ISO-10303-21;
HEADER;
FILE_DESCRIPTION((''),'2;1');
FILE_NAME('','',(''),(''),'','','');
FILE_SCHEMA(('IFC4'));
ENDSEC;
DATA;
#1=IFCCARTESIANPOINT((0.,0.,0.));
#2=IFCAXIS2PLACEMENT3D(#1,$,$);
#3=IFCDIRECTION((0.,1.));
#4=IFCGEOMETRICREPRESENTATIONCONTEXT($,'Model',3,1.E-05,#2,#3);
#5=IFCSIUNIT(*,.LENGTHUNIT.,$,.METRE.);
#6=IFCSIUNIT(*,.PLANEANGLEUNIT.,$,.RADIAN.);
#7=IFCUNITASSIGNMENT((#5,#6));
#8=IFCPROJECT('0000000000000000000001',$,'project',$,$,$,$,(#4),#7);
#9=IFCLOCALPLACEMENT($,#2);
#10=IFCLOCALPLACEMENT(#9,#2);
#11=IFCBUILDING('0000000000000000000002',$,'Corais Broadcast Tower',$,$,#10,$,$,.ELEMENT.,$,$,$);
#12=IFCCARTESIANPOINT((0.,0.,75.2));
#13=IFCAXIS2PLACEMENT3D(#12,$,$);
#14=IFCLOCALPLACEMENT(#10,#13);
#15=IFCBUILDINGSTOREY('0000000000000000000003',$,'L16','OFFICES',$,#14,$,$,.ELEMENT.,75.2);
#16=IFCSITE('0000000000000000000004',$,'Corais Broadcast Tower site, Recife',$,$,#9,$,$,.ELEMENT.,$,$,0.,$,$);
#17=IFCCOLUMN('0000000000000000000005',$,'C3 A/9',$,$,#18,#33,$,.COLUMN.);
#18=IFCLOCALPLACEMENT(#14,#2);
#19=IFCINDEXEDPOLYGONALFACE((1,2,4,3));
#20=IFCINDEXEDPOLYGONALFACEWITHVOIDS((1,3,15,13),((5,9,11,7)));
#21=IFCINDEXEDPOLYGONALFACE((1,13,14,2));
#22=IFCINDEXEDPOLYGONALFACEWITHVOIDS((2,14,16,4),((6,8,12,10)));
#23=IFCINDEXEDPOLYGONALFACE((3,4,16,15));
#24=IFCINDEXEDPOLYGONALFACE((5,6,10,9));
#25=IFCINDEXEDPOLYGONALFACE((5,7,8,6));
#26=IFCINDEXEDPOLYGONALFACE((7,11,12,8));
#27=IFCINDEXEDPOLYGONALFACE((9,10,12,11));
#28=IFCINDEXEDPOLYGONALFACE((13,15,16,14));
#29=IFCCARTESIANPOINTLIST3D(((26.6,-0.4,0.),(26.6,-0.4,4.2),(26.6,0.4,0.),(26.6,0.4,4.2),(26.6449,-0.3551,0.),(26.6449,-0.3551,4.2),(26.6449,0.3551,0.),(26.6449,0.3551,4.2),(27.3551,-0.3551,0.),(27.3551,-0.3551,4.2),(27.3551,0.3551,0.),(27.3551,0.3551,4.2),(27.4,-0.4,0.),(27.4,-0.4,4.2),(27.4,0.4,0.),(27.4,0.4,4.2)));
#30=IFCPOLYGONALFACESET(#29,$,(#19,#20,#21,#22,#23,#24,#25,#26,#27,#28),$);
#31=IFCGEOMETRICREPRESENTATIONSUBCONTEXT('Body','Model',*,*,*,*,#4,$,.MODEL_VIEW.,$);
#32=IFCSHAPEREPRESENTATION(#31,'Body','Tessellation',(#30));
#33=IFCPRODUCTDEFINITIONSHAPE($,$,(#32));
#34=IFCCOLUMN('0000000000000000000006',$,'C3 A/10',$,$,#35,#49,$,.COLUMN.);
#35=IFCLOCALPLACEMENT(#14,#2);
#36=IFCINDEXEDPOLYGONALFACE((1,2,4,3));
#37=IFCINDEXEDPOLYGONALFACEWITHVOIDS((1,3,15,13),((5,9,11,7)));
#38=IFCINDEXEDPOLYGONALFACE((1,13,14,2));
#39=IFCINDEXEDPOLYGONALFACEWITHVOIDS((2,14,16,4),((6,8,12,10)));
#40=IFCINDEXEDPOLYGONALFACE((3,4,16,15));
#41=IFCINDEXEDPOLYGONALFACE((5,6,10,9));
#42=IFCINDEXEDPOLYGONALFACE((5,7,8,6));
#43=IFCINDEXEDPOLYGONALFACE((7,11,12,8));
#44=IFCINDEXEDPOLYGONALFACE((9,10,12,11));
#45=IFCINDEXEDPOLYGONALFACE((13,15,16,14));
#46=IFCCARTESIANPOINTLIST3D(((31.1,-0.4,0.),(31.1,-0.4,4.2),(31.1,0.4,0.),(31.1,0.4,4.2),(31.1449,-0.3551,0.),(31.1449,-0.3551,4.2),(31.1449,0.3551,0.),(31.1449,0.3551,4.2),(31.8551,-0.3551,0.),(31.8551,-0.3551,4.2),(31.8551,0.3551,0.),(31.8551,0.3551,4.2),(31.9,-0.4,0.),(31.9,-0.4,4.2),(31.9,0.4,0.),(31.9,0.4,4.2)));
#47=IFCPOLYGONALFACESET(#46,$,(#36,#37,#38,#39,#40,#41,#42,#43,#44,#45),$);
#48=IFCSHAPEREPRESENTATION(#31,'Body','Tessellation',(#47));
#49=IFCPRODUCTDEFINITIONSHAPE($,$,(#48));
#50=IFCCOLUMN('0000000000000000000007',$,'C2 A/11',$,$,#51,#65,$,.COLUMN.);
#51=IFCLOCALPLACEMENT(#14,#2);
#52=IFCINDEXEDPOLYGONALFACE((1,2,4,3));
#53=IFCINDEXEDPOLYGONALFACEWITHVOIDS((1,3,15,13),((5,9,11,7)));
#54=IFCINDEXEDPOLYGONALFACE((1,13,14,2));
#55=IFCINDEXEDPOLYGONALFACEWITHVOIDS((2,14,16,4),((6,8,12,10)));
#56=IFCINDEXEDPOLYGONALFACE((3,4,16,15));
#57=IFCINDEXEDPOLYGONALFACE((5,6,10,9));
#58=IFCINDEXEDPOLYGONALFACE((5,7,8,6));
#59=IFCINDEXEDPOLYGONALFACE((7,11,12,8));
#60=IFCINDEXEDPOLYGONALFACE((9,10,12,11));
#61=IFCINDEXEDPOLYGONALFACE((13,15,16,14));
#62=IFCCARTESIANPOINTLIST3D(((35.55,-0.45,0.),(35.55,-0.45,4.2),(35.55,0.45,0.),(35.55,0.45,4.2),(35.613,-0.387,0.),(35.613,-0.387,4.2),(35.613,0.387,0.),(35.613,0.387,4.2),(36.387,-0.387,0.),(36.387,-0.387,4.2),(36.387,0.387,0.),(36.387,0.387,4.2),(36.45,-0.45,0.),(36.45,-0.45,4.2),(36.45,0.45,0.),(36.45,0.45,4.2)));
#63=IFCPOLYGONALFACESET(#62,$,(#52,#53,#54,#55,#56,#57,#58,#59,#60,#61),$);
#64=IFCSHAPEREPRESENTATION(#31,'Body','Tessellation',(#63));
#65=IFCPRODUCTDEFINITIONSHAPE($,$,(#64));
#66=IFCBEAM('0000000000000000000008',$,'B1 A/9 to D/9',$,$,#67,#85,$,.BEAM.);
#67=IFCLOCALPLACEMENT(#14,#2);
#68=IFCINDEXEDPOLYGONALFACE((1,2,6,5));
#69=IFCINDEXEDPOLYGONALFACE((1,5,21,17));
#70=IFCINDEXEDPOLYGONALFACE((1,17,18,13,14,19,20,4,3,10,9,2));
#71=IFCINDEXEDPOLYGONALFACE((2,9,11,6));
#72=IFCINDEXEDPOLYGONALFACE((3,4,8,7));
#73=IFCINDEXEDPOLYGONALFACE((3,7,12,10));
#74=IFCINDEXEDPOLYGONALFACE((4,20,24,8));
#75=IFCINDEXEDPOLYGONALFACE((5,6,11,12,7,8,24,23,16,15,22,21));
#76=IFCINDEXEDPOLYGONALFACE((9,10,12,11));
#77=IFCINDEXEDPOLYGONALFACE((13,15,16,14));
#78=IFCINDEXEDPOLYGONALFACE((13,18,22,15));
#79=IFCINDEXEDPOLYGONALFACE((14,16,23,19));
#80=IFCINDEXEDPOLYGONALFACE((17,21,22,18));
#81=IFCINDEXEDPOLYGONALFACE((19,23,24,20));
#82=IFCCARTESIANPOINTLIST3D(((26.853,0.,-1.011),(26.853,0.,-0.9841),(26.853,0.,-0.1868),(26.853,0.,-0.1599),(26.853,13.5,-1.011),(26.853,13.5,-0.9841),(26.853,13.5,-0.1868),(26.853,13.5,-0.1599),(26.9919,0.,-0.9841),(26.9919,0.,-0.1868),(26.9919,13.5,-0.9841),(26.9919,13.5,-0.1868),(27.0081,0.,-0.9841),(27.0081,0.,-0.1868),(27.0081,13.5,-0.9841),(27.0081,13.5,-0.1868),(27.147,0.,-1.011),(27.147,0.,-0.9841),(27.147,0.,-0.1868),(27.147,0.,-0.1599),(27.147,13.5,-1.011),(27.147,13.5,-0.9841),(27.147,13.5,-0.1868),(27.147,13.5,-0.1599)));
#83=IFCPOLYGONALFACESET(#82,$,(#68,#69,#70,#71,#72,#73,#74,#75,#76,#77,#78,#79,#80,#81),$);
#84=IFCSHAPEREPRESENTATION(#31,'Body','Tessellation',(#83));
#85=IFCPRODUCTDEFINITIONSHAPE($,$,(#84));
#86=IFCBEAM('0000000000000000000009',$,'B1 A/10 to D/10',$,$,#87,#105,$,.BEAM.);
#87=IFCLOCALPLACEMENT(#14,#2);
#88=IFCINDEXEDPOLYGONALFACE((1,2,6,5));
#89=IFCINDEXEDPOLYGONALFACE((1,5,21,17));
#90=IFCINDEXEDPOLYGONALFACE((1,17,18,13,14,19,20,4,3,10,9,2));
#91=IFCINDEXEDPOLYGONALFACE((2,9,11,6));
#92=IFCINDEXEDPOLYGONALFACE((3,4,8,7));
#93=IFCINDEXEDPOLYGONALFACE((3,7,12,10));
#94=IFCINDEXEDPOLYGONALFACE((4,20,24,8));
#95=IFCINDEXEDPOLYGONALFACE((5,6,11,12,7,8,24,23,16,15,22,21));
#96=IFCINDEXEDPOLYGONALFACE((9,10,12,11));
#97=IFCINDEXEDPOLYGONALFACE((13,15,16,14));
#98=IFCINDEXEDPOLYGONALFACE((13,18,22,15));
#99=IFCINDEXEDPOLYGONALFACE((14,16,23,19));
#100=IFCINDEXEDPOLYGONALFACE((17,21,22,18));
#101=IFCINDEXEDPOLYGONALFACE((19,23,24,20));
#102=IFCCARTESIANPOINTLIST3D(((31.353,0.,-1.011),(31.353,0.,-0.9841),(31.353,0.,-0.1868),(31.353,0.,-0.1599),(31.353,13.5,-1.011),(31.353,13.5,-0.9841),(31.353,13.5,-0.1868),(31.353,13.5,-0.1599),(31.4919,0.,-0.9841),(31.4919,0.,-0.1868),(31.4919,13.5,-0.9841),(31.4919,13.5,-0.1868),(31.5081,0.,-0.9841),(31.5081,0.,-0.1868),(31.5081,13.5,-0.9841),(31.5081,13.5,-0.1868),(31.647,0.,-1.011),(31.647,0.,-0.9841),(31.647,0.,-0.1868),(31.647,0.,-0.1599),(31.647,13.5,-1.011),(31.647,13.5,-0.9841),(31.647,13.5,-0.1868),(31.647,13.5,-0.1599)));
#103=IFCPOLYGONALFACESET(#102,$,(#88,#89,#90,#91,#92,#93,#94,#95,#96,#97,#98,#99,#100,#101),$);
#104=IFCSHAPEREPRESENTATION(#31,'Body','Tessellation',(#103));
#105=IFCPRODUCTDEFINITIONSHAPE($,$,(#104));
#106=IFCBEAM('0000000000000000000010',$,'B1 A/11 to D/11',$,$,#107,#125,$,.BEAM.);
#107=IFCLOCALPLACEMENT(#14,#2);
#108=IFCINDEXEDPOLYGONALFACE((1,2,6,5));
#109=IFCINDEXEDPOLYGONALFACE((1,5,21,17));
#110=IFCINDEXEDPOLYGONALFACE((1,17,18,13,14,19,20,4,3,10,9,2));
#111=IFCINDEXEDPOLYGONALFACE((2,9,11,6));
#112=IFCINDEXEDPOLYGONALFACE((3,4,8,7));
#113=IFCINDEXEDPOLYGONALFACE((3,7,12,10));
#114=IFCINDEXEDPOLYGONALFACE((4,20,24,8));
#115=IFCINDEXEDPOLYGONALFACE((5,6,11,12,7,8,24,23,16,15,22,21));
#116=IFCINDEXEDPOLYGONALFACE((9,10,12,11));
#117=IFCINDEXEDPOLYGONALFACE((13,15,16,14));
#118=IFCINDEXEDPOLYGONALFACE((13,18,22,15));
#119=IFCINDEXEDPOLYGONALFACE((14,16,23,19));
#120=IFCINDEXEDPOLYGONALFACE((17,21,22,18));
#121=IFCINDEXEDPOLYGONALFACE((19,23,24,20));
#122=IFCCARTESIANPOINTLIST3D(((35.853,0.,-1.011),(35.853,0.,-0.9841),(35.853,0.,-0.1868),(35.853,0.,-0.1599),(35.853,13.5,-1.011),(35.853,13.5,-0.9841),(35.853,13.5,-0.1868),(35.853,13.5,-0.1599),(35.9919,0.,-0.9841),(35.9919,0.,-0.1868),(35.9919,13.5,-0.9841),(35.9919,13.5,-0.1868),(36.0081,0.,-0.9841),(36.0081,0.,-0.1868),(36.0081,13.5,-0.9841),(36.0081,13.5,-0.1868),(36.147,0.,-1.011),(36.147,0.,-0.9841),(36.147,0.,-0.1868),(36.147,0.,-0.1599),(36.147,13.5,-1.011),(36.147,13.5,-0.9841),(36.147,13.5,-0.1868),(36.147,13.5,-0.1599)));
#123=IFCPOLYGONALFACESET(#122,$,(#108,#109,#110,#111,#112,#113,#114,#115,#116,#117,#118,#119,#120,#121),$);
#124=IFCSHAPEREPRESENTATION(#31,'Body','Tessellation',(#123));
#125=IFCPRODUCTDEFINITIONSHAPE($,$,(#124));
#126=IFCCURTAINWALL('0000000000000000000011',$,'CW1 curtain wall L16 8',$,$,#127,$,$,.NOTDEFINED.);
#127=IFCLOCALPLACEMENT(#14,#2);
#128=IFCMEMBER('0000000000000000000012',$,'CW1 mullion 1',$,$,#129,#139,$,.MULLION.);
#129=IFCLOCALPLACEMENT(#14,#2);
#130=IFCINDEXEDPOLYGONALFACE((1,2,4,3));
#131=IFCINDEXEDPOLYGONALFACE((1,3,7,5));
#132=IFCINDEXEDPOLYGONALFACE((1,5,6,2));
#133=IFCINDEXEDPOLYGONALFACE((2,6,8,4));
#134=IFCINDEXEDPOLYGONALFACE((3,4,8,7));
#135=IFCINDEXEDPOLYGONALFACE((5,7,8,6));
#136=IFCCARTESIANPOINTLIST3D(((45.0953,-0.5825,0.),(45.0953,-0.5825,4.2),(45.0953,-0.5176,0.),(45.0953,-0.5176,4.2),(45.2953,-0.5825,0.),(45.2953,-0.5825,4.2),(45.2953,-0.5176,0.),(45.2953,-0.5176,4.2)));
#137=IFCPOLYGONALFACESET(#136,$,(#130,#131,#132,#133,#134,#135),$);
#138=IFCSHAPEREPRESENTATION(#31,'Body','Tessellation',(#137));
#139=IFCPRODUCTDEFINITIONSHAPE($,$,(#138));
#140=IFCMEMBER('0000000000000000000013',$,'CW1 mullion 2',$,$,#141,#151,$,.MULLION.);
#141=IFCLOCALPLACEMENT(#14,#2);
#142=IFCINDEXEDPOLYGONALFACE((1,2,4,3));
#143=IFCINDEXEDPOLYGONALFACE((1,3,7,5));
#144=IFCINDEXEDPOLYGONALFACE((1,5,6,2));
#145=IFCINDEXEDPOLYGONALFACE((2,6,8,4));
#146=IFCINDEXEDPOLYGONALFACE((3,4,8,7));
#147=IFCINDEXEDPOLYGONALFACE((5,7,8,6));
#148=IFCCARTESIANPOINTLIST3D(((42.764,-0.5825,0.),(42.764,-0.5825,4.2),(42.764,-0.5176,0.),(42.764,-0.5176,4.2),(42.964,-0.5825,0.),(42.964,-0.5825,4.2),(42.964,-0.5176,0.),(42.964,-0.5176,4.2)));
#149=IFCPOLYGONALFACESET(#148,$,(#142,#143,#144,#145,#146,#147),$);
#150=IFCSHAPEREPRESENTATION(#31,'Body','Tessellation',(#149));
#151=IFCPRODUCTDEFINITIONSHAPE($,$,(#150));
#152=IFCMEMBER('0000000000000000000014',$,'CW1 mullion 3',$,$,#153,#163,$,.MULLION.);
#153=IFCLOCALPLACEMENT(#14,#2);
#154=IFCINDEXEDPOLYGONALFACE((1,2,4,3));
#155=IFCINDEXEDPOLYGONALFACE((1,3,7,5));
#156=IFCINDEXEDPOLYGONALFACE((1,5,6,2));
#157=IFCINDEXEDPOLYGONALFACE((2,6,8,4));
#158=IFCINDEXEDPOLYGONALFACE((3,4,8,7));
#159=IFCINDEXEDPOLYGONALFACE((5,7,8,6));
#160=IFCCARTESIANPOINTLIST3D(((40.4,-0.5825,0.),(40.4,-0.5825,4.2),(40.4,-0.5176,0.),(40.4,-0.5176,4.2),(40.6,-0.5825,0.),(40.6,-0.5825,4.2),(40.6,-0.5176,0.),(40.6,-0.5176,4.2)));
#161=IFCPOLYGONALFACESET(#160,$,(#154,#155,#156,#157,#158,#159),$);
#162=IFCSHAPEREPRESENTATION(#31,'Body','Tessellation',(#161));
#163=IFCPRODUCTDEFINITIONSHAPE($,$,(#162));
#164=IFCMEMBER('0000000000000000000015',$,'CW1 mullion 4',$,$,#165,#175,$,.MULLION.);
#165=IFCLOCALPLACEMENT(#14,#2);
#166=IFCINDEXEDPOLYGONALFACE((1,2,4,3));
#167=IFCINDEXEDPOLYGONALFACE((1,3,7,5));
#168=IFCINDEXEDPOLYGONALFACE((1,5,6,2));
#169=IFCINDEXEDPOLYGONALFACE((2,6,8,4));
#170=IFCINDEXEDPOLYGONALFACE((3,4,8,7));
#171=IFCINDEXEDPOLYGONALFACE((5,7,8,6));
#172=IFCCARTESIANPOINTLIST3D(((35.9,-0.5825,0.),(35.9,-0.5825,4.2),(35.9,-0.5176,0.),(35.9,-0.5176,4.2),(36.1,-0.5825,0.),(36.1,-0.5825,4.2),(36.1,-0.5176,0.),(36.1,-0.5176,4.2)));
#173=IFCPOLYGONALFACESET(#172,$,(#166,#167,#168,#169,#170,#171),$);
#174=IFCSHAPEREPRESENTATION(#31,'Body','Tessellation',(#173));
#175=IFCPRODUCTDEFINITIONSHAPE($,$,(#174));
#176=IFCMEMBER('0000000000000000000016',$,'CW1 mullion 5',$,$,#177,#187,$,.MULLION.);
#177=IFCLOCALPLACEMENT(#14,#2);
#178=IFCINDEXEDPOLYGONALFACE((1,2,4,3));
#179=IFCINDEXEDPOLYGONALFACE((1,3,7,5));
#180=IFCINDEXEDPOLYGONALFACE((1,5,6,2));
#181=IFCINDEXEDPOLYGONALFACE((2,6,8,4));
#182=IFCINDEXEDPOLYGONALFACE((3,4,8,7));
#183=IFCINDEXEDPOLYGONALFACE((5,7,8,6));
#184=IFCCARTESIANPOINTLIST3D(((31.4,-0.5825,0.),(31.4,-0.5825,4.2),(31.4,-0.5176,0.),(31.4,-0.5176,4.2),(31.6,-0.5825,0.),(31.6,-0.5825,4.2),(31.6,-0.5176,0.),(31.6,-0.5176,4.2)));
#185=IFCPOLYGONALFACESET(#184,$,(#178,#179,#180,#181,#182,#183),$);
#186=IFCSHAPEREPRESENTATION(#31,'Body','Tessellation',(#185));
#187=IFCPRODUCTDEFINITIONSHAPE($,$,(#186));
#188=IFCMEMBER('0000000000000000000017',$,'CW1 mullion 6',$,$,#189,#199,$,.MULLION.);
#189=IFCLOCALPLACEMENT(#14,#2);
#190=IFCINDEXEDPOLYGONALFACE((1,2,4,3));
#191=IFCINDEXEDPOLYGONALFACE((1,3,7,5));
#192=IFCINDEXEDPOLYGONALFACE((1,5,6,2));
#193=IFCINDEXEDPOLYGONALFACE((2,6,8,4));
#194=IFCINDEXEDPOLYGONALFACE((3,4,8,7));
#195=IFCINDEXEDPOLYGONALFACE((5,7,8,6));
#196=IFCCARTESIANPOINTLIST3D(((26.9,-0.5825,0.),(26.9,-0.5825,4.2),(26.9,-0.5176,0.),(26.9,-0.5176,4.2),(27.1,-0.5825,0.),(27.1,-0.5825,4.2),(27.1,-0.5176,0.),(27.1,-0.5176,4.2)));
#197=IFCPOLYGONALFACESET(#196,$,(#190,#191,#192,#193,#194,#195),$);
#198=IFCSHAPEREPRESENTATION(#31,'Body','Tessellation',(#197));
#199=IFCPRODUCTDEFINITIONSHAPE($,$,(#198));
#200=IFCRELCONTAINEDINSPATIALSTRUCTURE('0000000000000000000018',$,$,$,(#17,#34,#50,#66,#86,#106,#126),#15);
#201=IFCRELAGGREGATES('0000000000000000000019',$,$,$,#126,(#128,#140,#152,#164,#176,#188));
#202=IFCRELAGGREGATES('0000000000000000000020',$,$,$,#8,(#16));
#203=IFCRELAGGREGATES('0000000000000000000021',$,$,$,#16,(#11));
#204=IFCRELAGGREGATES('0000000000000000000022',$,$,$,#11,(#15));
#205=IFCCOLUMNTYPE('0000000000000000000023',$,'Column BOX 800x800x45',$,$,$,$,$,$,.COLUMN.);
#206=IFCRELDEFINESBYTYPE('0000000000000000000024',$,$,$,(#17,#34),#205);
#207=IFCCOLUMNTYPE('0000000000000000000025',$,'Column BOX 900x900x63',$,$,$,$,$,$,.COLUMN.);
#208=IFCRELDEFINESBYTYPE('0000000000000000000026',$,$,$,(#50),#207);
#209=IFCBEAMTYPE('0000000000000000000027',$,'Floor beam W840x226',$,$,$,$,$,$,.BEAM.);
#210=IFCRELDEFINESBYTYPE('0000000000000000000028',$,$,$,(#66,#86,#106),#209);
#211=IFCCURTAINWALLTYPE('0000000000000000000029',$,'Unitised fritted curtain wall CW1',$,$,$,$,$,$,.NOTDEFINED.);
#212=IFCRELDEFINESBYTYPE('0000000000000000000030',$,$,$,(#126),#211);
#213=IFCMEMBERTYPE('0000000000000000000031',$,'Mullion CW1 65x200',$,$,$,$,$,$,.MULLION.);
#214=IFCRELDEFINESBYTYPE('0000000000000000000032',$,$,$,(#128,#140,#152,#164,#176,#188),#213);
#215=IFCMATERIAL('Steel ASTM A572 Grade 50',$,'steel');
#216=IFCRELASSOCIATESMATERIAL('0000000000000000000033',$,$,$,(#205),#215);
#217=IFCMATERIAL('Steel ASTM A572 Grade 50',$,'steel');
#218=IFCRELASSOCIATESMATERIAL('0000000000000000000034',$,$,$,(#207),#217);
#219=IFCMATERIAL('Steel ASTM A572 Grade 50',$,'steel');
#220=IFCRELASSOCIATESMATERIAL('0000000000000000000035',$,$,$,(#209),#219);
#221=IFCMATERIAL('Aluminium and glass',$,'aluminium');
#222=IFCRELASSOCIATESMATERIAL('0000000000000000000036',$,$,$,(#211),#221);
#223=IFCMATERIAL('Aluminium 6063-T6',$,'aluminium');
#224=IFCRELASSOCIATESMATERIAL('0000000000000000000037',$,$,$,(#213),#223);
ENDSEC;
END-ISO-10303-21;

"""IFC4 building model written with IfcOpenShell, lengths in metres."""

from ifc_helpers import new_model, si_unit, direction, frame, origin, origin_2d, place, context, subcontext, project, spatial, rectangle, hollow_rectangle, i_section, extrude, material, material_profile, profile_set, type_object, element, aggregate, save


model = new_model("IFC4")

# Units and contexts
model_context = context("Model", 3, precision=1e-05, world=origin(), true_north=direction((0.0, 1.0)))
body_context = subcontext(model_context, "Body", "Model", "MODEL_VIEW")
ifc_project = project(units=[si_unit("LENGTHUNIT", "METRE"), si_unit("PLANEANGLEUNIT", "RADIAN")], contexts=[model_context])

# Site, building, storey
site_placement = place(None, origin())
site = spatial("IfcSite", under=ifc_project, at=site_placement, Name="Corais Broadcast Tower site, Recife", CompositionType="ELEMENT", RefElevation=0.0)
building_placement = place(site_placement, origin())
building = spatial("IfcBuilding", under=site, at=building_placement, Name="Corais Broadcast Tower", CompositionType="ELEMENT")
storey_placement = place(building_placement, frame((0.0, 0.0, 75.2)))
storey = spatial("IfcBuildingStorey", under=building, at=storey_placement, Name="L16", Description="OFFICES", CompositionType="ELEMENT", Elevation=75.2)

# Columns
ifc_material_1 = material(Name="Steel ASTM A572 Grade 50", Category="steel")
ifc_material_profile_1 = material_profile(ifc_material_1, hollow_rectangle(XDim=0.8, YDim=0.8, WallThickness=0.0449, at=origin_2d()), Name="BOX 800x800x45")
ifc_profile_set_1 = profile_set([ifc_material_profile_1], Name="Steel ASTM A572 Grade 50")
column_type_1 = type_object("IfcColumnType", Name="Column BOX 800x800x45", PredefinedType="COLUMN", material=ifc_profile_set_1)
for number, where, z_axis, x_axis, name in (
    (1, (27.0, 0.0, 0.0), (0.0, 0.0, 1.0), (1.0, 0.0, 0.0), "C3 A/9"),
    (2, (31.5, 0.0, 0.0), (0.0, 0.0, 1.0), (1.0, 0.0, 0.0), "C3 A/10"),
):
    element("IfcColumn", number, at=place(storey_placement, frame(where, z_axis=z_axis, x_axis=x_axis)), inside=storey, type_object=column_type_1, Name=name, PredefinedType="COLUMN", context=body_context, shape_type="SweptSolid", body=[
        extrude(hollow_rectangle(XDim=0.8, YDim=0.8, WallThickness=0.0449, at=origin_2d()), origin(), (0.0, 0.0, 1.0), 4.2),
    ])
ifc_material_2 = material(Name="Steel ASTM A572 Grade 50", Category="steel")
ifc_material_profile_2 = material_profile(ifc_material_2, hollow_rectangle(XDim=0.8999, YDim=0.8999, WallThickness=0.063, at=origin_2d()), Name="BOX 900x900x63")
ifc_profile_set_2 = profile_set([ifc_material_profile_2], Name="Steel ASTM A572 Grade 50")
column_type_2 = type_object("IfcColumnType", Name="Column BOX 900x900x63", PredefinedType="COLUMN", material=ifc_profile_set_2)
column_placement = place(storey_placement, frame((36.0, 0.0, 0.0), z_axis=(0.0, 0.0, 1.0), x_axis=(1.0, 0.0, 0.0)))
element("IfcColumn", 3, at=column_placement, inside=storey, type_object=column_type_2, Name="C2 A/11", PredefinedType="COLUMN", context=body_context, shape_type="SweptSolid", body=[
    extrude(hollow_rectangle(XDim=0.8999, YDim=0.8999, WallThickness=0.063, at=origin_2d()), origin(), (0.0, 0.0, 1.0), 4.2),
])

# Beams
ifc_material_3 = material(Name="Steel ASTM A572 Grade 50", Category="steel")
ifc_material_profile_3 = material_profile(ifc_material_3, i_section(OverallWidth=0.2939, OverallDepth=0.8511, WebThickness=0.0161, FlangeThickness=0.0269, at=origin_2d()), Name="W840x226")
ifc_profile_set_3 = profile_set([ifc_material_profile_3], Name="Steel ASTM A572 Grade 50")
beam_type_1 = type_object("IfcBeamType", Name="Floor beam W840x226", PredefinedType="BEAM", material=ifc_profile_set_3)
for number, where, z_axis, x_axis, name in (
    (4, (27.0, 0.0, -0.5854), (0.0, 1.0, 0.0), (-1.0, 0.0, 0.0), "B1 A/9 to D/9"),
    (5, (31.5, 0.0, -0.5854), (0.0, 1.0, 0.0), (-1.0, 0.0, 0.0), "B1 A/10 to D/10"),
    (6, (36.0, 0.0, -0.5854), (0.0, 1.0, 0.0), (-1.0, 0.0, 0.0), "B1 A/11 to D/11"),
):
    element("IfcBeam", number, at=place(storey_placement, frame(where, z_axis=z_axis, x_axis=x_axis)), inside=storey, type_object=beam_type_1, Name=name, PredefinedType="BEAM", context=body_context, shape_type="SweptSolid", body=[
        extrude(i_section(OverallWidth=0.2939, OverallDepth=0.8511, WebThickness=0.0161, FlangeThickness=0.0269, at=origin_2d()), origin(), (0.0, 0.0, 1.0), 13.5),
    ])

# Curtain wall, members
ifc_material_4 = material(Name="Aluminium and glass", Category="aluminium")
curtain_wall_type = type_object("IfcCurtainWallType", Name="Unitised fritted curtain wall CW1", PredefinedType="NOTDEFINED", material=ifc_material_4)
curtain_wall_placement = place(storey_placement, origin())
curtain_wall = element("IfcCurtainWall", 7, at=curtain_wall_placement, inside=storey, type_object=curtain_wall_type, Name="CW1 curtain wall L16 8", PredefinedType="NOTDEFINED")
ifc_material_5 = material(Name="Aluminium 6063-T6", Category="aluminium")
ifc_material_profile_4 = material_profile(ifc_material_5, rectangle(XDim=0.0649, YDim=0.2, at=origin_2d()), Name="Mullion CW1 65x200")
ifc_profile_set_4 = profile_set([ifc_material_profile_4], Name="Aluminium 6063-T6")
member_type_1 = type_object("IfcMemberType", Name="Mullion CW1 65x200", PredefinedType="MULLION", material=ifc_profile_set_4)
member_1_placement = place(storey_placement, frame((45.1953, -0.55, 0.0), z_axis=(0.0, 0.0, 1.0), x_axis=(0.0, -1.0, 0.0)))
member_1 = element("IfcMember", 8, at=member_1_placement, type_object=member_type_1, Name="CW1 mullion 1", PredefinedType="MULLION", context=body_context, shape_type="SweptSolid", body=[
    extrude(rectangle(XDim=0.0649, YDim=0.2, at=origin_2d()), origin(), (0.0, 0.0, 1.0), 4.2),
])
member_2_placement = place(storey_placement, frame((42.864, -0.55, 0.0), z_axis=(0.0, 0.0, 1.0), x_axis=(0.0, -1.0, 0.0)))
member_2 = element("IfcMember", 9, at=member_2_placement, type_object=member_type_1, Name="CW1 mullion 2", PredefinedType="MULLION", context=body_context, shape_type="SweptSolid", body=[
    extrude(rectangle(XDim=0.0649, YDim=0.2, at=origin_2d()), origin(), (0.0, 0.0, 1.0), 4.2),
])
member_3_placement = place(storey_placement, frame((40.5, -0.55, 0.0), z_axis=(0.0, 0.0, 1.0), x_axis=(0.0, -1.0, 0.0)))
member_3 = element("IfcMember", 10, at=member_3_placement, type_object=member_type_1, Name="CW1 mullion 3", PredefinedType="MULLION", context=body_context, shape_type="SweptSolid", body=[
    extrude(rectangle(XDim=0.0649, YDim=0.2, at=origin_2d()), origin(), (0.0, 0.0, 1.0), 4.2),
])
member_4_placement = place(storey_placement, frame((36.0, -0.55, 0.0), z_axis=(0.0, 0.0, 1.0), x_axis=(0.0, -1.0, 0.0)))
member_4 = element("IfcMember", 11, at=member_4_placement, type_object=member_type_1, Name="CW1 mullion 4", PredefinedType="MULLION", context=body_context, shape_type="SweptSolid", body=[
    extrude(rectangle(XDim=0.0649, YDim=0.2, at=origin_2d()), origin(), (0.0, 0.0, 1.0), 4.2),
])
member_5_placement = place(storey_placement, frame((31.5, -0.55, 0.0), z_axis=(0.0, 0.0, 1.0), x_axis=(0.0, -1.0, 0.0)))
member_5 = element("IfcMember", 12, at=member_5_placement, type_object=member_type_1, Name="CW1 mullion 5", PredefinedType="MULLION", context=body_context, shape_type="SweptSolid", body=[
    extrude(rectangle(XDim=0.0649, YDim=0.2, at=origin_2d()), origin(), (0.0, 0.0, 1.0), 4.2),
])
member_6_placement = place(storey_placement, frame((27.0, -0.55, 0.0), z_axis=(0.0, 0.0, 1.0), x_axis=(0.0, -1.0, 0.0)))
member_6 = element("IfcMember", 13, at=member_6_placement, type_object=member_type_1, Name="CW1 mullion 6", PredefinedType="MULLION", context=body_context, shape_type="SweptSolid", body=[
    extrude(rectangle(XDim=0.0649, YDim=0.2, at=origin_2d()), origin(), (0.0, 0.0, 1.0), 4.2),
])

aggregate(curtain_wall, [member_1, member_2, member_3, member_4, member_5, member_6])

save(model, "model.ifc")
